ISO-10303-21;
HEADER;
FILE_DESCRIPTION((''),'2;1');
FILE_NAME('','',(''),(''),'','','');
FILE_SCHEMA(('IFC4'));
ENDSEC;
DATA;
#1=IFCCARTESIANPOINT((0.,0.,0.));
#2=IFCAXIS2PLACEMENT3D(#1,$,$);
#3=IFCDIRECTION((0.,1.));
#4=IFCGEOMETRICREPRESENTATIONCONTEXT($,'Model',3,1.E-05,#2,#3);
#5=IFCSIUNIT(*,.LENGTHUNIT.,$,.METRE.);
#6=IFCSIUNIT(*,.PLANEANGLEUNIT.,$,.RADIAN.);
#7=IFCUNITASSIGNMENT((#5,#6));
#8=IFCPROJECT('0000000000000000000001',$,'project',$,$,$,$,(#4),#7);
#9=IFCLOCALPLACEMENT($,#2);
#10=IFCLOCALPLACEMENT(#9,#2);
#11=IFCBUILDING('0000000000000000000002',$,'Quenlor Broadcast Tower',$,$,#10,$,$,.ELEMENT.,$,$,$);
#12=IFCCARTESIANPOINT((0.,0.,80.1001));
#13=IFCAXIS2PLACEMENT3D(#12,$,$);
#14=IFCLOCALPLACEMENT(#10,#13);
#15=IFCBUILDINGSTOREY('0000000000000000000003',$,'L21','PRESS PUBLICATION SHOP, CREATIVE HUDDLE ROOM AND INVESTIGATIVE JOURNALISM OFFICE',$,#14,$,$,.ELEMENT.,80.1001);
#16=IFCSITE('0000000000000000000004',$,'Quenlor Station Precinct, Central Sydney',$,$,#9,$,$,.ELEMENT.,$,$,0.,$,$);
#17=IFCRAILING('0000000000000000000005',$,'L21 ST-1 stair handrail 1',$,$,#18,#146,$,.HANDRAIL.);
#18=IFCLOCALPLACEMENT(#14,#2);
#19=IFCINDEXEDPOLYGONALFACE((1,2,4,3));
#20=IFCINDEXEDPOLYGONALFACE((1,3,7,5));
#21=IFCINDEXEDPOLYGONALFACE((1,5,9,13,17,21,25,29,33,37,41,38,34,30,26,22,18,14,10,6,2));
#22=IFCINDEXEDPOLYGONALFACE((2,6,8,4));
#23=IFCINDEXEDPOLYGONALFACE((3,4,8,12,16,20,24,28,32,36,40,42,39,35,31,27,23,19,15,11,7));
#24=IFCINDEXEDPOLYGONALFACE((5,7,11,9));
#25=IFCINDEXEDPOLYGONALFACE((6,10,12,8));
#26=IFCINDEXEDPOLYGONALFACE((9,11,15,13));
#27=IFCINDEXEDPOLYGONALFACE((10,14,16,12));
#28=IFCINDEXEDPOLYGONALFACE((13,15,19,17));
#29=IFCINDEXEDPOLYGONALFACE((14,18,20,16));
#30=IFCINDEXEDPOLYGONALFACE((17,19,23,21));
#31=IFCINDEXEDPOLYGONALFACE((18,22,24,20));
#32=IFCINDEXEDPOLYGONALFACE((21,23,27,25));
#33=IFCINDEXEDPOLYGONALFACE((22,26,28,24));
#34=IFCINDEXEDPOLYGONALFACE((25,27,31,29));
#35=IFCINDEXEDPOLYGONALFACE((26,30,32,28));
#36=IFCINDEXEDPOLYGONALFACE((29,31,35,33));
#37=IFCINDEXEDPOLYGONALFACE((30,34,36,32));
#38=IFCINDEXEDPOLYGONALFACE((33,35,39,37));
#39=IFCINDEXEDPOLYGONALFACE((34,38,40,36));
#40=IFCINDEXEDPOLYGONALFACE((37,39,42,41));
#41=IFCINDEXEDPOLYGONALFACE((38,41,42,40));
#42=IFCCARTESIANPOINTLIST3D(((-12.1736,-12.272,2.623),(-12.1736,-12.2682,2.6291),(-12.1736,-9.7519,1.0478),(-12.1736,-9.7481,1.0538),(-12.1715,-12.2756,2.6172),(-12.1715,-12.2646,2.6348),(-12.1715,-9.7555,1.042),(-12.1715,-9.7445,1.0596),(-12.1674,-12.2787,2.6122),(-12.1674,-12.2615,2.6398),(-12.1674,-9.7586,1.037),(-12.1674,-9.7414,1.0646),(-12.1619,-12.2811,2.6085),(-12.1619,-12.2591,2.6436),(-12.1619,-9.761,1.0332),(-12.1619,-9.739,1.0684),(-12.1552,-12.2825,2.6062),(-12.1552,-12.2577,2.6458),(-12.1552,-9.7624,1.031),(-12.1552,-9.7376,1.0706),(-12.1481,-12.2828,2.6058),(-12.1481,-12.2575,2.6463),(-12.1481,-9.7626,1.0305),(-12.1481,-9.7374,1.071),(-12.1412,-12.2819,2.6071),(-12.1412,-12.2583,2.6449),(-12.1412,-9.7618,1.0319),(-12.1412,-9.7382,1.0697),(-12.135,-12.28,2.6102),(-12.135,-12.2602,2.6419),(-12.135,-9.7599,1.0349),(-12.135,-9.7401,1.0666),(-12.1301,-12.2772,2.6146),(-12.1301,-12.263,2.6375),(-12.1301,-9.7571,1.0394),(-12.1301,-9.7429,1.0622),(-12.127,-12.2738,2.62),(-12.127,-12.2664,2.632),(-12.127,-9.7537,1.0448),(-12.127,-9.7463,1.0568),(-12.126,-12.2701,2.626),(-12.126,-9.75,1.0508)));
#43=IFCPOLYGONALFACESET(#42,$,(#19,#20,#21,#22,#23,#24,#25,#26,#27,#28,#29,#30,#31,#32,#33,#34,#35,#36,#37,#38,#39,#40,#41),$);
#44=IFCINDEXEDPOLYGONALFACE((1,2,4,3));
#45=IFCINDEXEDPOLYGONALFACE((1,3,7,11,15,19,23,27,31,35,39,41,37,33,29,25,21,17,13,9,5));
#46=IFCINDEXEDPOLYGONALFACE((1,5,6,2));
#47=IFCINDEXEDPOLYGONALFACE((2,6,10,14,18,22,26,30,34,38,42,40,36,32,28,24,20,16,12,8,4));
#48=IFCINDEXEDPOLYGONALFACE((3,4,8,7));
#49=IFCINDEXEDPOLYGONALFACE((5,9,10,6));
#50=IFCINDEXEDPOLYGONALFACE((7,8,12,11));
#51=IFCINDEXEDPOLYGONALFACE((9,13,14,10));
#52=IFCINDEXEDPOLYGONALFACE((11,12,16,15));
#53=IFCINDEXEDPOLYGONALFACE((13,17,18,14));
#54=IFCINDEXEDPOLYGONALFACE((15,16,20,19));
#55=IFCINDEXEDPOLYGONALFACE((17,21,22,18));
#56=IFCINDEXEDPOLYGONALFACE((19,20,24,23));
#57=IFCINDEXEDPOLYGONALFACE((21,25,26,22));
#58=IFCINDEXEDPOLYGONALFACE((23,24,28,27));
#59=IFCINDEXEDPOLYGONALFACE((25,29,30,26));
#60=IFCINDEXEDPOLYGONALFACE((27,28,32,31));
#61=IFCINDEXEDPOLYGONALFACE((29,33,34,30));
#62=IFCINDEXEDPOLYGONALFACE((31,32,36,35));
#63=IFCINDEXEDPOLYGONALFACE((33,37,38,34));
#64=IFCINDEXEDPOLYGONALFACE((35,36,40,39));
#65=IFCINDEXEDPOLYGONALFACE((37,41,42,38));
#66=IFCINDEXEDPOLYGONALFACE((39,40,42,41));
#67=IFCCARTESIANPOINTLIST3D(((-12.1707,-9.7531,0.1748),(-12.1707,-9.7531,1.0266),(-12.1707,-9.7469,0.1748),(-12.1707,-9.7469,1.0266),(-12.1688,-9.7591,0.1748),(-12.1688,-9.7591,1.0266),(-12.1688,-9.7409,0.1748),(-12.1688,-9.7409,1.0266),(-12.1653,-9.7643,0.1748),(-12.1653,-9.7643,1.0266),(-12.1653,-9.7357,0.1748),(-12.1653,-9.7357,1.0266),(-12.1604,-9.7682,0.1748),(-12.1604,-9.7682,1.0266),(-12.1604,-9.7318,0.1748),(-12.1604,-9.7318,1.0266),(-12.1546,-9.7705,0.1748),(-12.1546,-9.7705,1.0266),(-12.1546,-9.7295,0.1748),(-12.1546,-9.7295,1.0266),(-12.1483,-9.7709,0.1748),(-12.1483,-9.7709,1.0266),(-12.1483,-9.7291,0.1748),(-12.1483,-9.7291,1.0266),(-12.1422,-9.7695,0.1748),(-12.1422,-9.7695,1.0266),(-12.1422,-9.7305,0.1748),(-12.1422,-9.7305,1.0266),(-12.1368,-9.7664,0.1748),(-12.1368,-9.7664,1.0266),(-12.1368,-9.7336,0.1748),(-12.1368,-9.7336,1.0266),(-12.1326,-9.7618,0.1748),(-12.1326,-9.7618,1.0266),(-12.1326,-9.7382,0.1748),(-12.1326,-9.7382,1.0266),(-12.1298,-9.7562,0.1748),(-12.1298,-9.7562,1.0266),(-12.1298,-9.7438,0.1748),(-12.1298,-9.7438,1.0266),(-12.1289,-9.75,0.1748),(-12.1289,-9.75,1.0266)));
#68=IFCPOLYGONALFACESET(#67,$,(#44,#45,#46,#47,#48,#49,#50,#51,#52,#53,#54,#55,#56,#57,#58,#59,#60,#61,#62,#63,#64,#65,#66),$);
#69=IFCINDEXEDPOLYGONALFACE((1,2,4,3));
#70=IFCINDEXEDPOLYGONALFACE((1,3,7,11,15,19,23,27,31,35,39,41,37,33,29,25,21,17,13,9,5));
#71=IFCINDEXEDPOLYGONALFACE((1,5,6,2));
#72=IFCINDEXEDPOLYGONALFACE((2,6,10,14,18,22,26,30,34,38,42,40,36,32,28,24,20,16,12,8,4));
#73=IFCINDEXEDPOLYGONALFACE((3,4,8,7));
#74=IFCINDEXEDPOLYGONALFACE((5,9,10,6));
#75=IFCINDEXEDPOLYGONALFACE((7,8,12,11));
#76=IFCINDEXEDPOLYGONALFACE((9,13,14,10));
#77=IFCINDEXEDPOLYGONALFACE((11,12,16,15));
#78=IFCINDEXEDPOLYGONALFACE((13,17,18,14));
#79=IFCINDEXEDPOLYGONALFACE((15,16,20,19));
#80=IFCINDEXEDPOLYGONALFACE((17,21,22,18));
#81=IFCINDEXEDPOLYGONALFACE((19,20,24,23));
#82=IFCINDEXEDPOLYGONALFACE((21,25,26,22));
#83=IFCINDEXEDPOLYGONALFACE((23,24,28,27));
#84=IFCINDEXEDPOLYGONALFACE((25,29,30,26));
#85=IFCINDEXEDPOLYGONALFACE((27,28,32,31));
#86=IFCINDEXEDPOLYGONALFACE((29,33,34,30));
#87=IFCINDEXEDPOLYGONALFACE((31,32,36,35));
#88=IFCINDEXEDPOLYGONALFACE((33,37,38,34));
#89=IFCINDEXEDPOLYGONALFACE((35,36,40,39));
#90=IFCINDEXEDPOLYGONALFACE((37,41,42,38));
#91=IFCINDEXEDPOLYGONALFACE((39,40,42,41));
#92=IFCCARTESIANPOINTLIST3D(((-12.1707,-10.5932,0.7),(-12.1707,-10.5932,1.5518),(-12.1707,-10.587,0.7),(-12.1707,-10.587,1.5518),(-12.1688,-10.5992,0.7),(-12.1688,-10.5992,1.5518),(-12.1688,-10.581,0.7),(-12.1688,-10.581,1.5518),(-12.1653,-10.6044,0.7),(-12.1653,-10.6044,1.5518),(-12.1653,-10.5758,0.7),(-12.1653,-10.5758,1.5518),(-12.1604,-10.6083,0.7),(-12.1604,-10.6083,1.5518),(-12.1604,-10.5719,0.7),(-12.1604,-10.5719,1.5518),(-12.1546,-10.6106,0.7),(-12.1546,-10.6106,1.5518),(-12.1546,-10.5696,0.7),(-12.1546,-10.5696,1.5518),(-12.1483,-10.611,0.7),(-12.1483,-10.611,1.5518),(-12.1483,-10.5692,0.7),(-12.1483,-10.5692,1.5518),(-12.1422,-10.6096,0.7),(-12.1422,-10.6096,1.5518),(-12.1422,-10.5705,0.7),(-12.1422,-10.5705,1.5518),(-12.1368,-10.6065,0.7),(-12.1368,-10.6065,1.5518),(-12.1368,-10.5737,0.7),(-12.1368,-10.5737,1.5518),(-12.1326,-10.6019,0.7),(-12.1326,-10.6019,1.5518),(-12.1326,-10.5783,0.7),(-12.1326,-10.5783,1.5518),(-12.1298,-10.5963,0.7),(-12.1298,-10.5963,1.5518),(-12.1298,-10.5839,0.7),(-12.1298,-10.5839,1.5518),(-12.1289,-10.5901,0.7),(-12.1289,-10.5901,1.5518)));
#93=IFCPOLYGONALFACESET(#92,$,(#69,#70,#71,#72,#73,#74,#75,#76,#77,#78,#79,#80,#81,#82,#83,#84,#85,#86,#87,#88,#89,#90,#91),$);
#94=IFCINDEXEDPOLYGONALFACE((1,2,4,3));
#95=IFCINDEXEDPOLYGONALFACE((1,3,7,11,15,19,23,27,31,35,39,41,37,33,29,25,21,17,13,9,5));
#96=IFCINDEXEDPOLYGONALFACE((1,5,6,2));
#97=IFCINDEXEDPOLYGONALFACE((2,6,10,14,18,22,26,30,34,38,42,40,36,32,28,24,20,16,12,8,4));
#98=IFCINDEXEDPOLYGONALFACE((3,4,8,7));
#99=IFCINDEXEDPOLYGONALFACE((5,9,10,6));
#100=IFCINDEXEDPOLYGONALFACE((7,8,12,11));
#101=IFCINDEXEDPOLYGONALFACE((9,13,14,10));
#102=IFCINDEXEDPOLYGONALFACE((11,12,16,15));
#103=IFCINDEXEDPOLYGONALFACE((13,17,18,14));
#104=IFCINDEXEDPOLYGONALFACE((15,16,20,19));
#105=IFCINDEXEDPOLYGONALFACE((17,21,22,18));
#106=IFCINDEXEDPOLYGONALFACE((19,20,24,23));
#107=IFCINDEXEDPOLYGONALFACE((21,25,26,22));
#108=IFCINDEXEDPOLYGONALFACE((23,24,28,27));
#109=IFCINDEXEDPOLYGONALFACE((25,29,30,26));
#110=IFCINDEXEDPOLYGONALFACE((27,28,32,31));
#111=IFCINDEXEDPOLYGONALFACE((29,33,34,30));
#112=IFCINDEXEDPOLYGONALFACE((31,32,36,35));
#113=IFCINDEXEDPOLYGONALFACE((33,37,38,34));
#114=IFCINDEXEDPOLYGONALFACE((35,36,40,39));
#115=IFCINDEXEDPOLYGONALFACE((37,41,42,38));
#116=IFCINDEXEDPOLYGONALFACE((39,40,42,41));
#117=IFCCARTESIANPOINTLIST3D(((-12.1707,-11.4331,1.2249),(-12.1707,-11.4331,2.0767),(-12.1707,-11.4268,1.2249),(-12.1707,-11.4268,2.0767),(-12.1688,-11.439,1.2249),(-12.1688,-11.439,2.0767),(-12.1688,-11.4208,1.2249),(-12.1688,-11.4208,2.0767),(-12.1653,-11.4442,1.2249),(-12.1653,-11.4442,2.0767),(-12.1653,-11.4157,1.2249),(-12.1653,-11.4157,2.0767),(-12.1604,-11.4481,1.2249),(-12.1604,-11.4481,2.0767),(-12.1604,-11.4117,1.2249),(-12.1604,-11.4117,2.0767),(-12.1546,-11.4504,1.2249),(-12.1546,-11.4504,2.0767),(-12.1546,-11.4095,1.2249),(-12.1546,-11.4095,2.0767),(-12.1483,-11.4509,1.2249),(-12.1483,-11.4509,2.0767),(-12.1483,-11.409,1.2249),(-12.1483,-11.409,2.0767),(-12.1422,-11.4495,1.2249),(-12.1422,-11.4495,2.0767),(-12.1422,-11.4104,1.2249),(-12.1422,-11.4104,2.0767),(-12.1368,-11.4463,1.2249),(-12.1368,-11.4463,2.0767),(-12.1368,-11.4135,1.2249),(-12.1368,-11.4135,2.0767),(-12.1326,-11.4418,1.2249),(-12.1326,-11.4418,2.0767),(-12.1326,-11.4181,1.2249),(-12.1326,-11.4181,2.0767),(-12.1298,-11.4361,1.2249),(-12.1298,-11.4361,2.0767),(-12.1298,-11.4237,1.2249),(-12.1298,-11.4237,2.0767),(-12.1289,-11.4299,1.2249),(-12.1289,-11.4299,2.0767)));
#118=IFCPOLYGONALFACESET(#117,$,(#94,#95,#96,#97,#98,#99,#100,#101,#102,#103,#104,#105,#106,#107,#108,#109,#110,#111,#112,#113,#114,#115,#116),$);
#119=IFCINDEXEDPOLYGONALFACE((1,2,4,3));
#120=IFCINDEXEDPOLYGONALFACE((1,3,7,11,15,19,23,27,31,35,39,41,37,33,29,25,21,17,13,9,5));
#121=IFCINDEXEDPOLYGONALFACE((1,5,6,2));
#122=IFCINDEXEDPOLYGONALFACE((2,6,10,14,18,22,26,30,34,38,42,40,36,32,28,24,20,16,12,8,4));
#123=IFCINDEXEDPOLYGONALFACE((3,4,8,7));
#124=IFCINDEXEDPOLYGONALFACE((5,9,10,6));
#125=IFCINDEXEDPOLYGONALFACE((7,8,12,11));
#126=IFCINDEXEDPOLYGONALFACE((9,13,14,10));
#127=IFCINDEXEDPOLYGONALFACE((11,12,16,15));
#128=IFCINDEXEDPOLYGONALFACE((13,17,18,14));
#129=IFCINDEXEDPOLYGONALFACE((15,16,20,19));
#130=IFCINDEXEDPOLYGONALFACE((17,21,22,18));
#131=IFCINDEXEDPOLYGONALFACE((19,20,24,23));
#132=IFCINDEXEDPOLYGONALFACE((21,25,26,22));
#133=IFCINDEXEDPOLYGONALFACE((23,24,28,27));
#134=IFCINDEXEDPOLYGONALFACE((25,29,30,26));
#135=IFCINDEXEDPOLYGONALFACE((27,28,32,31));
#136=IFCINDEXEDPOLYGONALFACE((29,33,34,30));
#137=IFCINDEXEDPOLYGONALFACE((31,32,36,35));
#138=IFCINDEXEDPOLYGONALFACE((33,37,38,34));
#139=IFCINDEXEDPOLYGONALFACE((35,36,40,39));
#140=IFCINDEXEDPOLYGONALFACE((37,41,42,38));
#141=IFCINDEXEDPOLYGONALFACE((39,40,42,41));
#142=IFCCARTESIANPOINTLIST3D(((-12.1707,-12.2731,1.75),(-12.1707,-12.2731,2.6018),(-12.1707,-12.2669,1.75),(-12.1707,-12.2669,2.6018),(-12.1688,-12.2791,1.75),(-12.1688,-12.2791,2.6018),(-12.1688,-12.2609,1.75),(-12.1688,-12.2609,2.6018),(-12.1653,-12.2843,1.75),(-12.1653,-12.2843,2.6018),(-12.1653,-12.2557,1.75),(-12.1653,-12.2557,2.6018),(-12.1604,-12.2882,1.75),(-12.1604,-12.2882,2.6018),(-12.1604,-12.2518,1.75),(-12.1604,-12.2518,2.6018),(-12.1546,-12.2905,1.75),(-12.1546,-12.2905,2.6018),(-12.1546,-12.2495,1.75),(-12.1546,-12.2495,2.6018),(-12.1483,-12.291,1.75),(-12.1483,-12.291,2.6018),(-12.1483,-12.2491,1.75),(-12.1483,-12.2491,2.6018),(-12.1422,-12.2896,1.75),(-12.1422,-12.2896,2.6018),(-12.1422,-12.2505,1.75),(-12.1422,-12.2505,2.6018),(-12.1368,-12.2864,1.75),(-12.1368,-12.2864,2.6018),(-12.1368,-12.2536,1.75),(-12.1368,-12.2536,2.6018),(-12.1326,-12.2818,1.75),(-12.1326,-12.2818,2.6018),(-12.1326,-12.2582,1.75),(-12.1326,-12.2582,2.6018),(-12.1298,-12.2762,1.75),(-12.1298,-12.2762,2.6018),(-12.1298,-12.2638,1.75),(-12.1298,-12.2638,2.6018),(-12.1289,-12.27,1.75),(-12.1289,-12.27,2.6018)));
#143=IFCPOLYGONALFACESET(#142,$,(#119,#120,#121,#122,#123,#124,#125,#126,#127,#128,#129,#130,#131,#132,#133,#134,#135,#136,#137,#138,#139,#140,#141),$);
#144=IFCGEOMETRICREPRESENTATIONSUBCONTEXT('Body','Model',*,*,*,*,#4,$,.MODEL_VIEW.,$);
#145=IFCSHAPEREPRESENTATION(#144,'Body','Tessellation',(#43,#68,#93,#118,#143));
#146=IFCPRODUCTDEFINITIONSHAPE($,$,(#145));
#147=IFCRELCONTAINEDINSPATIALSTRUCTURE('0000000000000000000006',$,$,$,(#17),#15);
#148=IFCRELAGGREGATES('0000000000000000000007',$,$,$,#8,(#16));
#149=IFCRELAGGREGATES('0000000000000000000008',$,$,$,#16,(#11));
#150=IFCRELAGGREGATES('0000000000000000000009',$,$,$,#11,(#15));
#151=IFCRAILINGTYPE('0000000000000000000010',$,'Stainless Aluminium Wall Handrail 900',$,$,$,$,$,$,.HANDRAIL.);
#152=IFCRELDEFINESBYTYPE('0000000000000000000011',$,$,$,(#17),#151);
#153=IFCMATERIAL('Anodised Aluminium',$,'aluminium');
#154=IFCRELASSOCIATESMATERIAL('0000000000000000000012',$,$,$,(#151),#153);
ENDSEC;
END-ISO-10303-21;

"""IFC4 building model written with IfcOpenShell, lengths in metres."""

from ifc_helpers import new_model, si_unit, direction, frame, origin, origin_2d, place, context, subcontext, project, spatial, circle, extrude, material, type_object, element, save


model = new_model("IFC4")

# Units and contexts
model_context = context("Model", 3, precision=1e-05, world=origin(), true_north=direction((0.0, 1.0)))
body_context = subcontext(model_context, "Body", "Model", "MODEL_VIEW")
ifc_project = project(units=[si_unit("LENGTHUNIT", "METRE"), si_unit("PLANEANGLEUNIT", "RADIAN")], contexts=[model_context])

# Site, building, storey
site_placement = place(None, origin())
site = spatial("IfcSite", under=ifc_project, at=site_placement, Name="Quenlor Station Precinct, Central Sydney", CompositionType="ELEMENT", RefElevation=0.0)
building_placement = place(site_placement, origin())
building = spatial("IfcBuilding", under=site, at=building_placement, Name="Quenlor Broadcast Tower", CompositionType="ELEMENT")
storey_placement = place(building_placement, frame((0.0, 0.0, 80.1001)))
storey = spatial("IfcBuildingStorey", under=building, at=storey_placement, Name="L21", Description="PRESS PUBLICATION SHOP, CREATIVE HUDDLE ROOM AND INVESTIGATIVE JOURNALISM OFFICE", CompositionType="ELEMENT", Elevation=80.1001)

# Railing
ifc_material_1 = material(Name="Anodised Aluminium", Category="aluminium")
railing_type = type_object("IfcRailingType", Name="Stainless Aluminium Wall Handrail 900", PredefinedType="HANDRAIL", material=ifc_material_1)
railing_placement = place(storey_placement, frame((-12.1499, -9.75, 0.1748)))
element("IfcRailing", 1, at=railing_placement, inside=storey, type_object=railing_type, Name="L21 ST-1 stair handrail 1", PredefinedType="HANDRAIL", context=body_context, shape_type="SweptSolid", body=[
    extrude(circle(Radius=0.0239, at=origin_2d()), frame((0.0, 0.0, 0.876), z_axis=(0.0, -0.847971, 0.530043), x_axis=(1.0, 0.0, 0.0)), (0.0, 0.0, 1.0), 2.9719),
    extrude(circle(Radius=0.021, at=origin_2d()), origin(), (0.0, 0.0, 1.0), 0.8518),
    extrude(circle(Radius=0.021, at=origin_2d()), frame((0.0, -0.8401, 0.5251)), (0.0, 0.0, 1.0), 0.8518),
    extrude(circle(Radius=0.021, at=origin_2d()), frame((0.0, -1.6799, 1.05)), (0.0, 0.0, 1.0), 0.8518),
    extrude(circle(Radius=0.021, at=origin_2d()), frame((0.0, -2.52, 1.5752)), (0.0, 0.0, 1.0), 0.8518),
])

save(model, "model.ifc")
